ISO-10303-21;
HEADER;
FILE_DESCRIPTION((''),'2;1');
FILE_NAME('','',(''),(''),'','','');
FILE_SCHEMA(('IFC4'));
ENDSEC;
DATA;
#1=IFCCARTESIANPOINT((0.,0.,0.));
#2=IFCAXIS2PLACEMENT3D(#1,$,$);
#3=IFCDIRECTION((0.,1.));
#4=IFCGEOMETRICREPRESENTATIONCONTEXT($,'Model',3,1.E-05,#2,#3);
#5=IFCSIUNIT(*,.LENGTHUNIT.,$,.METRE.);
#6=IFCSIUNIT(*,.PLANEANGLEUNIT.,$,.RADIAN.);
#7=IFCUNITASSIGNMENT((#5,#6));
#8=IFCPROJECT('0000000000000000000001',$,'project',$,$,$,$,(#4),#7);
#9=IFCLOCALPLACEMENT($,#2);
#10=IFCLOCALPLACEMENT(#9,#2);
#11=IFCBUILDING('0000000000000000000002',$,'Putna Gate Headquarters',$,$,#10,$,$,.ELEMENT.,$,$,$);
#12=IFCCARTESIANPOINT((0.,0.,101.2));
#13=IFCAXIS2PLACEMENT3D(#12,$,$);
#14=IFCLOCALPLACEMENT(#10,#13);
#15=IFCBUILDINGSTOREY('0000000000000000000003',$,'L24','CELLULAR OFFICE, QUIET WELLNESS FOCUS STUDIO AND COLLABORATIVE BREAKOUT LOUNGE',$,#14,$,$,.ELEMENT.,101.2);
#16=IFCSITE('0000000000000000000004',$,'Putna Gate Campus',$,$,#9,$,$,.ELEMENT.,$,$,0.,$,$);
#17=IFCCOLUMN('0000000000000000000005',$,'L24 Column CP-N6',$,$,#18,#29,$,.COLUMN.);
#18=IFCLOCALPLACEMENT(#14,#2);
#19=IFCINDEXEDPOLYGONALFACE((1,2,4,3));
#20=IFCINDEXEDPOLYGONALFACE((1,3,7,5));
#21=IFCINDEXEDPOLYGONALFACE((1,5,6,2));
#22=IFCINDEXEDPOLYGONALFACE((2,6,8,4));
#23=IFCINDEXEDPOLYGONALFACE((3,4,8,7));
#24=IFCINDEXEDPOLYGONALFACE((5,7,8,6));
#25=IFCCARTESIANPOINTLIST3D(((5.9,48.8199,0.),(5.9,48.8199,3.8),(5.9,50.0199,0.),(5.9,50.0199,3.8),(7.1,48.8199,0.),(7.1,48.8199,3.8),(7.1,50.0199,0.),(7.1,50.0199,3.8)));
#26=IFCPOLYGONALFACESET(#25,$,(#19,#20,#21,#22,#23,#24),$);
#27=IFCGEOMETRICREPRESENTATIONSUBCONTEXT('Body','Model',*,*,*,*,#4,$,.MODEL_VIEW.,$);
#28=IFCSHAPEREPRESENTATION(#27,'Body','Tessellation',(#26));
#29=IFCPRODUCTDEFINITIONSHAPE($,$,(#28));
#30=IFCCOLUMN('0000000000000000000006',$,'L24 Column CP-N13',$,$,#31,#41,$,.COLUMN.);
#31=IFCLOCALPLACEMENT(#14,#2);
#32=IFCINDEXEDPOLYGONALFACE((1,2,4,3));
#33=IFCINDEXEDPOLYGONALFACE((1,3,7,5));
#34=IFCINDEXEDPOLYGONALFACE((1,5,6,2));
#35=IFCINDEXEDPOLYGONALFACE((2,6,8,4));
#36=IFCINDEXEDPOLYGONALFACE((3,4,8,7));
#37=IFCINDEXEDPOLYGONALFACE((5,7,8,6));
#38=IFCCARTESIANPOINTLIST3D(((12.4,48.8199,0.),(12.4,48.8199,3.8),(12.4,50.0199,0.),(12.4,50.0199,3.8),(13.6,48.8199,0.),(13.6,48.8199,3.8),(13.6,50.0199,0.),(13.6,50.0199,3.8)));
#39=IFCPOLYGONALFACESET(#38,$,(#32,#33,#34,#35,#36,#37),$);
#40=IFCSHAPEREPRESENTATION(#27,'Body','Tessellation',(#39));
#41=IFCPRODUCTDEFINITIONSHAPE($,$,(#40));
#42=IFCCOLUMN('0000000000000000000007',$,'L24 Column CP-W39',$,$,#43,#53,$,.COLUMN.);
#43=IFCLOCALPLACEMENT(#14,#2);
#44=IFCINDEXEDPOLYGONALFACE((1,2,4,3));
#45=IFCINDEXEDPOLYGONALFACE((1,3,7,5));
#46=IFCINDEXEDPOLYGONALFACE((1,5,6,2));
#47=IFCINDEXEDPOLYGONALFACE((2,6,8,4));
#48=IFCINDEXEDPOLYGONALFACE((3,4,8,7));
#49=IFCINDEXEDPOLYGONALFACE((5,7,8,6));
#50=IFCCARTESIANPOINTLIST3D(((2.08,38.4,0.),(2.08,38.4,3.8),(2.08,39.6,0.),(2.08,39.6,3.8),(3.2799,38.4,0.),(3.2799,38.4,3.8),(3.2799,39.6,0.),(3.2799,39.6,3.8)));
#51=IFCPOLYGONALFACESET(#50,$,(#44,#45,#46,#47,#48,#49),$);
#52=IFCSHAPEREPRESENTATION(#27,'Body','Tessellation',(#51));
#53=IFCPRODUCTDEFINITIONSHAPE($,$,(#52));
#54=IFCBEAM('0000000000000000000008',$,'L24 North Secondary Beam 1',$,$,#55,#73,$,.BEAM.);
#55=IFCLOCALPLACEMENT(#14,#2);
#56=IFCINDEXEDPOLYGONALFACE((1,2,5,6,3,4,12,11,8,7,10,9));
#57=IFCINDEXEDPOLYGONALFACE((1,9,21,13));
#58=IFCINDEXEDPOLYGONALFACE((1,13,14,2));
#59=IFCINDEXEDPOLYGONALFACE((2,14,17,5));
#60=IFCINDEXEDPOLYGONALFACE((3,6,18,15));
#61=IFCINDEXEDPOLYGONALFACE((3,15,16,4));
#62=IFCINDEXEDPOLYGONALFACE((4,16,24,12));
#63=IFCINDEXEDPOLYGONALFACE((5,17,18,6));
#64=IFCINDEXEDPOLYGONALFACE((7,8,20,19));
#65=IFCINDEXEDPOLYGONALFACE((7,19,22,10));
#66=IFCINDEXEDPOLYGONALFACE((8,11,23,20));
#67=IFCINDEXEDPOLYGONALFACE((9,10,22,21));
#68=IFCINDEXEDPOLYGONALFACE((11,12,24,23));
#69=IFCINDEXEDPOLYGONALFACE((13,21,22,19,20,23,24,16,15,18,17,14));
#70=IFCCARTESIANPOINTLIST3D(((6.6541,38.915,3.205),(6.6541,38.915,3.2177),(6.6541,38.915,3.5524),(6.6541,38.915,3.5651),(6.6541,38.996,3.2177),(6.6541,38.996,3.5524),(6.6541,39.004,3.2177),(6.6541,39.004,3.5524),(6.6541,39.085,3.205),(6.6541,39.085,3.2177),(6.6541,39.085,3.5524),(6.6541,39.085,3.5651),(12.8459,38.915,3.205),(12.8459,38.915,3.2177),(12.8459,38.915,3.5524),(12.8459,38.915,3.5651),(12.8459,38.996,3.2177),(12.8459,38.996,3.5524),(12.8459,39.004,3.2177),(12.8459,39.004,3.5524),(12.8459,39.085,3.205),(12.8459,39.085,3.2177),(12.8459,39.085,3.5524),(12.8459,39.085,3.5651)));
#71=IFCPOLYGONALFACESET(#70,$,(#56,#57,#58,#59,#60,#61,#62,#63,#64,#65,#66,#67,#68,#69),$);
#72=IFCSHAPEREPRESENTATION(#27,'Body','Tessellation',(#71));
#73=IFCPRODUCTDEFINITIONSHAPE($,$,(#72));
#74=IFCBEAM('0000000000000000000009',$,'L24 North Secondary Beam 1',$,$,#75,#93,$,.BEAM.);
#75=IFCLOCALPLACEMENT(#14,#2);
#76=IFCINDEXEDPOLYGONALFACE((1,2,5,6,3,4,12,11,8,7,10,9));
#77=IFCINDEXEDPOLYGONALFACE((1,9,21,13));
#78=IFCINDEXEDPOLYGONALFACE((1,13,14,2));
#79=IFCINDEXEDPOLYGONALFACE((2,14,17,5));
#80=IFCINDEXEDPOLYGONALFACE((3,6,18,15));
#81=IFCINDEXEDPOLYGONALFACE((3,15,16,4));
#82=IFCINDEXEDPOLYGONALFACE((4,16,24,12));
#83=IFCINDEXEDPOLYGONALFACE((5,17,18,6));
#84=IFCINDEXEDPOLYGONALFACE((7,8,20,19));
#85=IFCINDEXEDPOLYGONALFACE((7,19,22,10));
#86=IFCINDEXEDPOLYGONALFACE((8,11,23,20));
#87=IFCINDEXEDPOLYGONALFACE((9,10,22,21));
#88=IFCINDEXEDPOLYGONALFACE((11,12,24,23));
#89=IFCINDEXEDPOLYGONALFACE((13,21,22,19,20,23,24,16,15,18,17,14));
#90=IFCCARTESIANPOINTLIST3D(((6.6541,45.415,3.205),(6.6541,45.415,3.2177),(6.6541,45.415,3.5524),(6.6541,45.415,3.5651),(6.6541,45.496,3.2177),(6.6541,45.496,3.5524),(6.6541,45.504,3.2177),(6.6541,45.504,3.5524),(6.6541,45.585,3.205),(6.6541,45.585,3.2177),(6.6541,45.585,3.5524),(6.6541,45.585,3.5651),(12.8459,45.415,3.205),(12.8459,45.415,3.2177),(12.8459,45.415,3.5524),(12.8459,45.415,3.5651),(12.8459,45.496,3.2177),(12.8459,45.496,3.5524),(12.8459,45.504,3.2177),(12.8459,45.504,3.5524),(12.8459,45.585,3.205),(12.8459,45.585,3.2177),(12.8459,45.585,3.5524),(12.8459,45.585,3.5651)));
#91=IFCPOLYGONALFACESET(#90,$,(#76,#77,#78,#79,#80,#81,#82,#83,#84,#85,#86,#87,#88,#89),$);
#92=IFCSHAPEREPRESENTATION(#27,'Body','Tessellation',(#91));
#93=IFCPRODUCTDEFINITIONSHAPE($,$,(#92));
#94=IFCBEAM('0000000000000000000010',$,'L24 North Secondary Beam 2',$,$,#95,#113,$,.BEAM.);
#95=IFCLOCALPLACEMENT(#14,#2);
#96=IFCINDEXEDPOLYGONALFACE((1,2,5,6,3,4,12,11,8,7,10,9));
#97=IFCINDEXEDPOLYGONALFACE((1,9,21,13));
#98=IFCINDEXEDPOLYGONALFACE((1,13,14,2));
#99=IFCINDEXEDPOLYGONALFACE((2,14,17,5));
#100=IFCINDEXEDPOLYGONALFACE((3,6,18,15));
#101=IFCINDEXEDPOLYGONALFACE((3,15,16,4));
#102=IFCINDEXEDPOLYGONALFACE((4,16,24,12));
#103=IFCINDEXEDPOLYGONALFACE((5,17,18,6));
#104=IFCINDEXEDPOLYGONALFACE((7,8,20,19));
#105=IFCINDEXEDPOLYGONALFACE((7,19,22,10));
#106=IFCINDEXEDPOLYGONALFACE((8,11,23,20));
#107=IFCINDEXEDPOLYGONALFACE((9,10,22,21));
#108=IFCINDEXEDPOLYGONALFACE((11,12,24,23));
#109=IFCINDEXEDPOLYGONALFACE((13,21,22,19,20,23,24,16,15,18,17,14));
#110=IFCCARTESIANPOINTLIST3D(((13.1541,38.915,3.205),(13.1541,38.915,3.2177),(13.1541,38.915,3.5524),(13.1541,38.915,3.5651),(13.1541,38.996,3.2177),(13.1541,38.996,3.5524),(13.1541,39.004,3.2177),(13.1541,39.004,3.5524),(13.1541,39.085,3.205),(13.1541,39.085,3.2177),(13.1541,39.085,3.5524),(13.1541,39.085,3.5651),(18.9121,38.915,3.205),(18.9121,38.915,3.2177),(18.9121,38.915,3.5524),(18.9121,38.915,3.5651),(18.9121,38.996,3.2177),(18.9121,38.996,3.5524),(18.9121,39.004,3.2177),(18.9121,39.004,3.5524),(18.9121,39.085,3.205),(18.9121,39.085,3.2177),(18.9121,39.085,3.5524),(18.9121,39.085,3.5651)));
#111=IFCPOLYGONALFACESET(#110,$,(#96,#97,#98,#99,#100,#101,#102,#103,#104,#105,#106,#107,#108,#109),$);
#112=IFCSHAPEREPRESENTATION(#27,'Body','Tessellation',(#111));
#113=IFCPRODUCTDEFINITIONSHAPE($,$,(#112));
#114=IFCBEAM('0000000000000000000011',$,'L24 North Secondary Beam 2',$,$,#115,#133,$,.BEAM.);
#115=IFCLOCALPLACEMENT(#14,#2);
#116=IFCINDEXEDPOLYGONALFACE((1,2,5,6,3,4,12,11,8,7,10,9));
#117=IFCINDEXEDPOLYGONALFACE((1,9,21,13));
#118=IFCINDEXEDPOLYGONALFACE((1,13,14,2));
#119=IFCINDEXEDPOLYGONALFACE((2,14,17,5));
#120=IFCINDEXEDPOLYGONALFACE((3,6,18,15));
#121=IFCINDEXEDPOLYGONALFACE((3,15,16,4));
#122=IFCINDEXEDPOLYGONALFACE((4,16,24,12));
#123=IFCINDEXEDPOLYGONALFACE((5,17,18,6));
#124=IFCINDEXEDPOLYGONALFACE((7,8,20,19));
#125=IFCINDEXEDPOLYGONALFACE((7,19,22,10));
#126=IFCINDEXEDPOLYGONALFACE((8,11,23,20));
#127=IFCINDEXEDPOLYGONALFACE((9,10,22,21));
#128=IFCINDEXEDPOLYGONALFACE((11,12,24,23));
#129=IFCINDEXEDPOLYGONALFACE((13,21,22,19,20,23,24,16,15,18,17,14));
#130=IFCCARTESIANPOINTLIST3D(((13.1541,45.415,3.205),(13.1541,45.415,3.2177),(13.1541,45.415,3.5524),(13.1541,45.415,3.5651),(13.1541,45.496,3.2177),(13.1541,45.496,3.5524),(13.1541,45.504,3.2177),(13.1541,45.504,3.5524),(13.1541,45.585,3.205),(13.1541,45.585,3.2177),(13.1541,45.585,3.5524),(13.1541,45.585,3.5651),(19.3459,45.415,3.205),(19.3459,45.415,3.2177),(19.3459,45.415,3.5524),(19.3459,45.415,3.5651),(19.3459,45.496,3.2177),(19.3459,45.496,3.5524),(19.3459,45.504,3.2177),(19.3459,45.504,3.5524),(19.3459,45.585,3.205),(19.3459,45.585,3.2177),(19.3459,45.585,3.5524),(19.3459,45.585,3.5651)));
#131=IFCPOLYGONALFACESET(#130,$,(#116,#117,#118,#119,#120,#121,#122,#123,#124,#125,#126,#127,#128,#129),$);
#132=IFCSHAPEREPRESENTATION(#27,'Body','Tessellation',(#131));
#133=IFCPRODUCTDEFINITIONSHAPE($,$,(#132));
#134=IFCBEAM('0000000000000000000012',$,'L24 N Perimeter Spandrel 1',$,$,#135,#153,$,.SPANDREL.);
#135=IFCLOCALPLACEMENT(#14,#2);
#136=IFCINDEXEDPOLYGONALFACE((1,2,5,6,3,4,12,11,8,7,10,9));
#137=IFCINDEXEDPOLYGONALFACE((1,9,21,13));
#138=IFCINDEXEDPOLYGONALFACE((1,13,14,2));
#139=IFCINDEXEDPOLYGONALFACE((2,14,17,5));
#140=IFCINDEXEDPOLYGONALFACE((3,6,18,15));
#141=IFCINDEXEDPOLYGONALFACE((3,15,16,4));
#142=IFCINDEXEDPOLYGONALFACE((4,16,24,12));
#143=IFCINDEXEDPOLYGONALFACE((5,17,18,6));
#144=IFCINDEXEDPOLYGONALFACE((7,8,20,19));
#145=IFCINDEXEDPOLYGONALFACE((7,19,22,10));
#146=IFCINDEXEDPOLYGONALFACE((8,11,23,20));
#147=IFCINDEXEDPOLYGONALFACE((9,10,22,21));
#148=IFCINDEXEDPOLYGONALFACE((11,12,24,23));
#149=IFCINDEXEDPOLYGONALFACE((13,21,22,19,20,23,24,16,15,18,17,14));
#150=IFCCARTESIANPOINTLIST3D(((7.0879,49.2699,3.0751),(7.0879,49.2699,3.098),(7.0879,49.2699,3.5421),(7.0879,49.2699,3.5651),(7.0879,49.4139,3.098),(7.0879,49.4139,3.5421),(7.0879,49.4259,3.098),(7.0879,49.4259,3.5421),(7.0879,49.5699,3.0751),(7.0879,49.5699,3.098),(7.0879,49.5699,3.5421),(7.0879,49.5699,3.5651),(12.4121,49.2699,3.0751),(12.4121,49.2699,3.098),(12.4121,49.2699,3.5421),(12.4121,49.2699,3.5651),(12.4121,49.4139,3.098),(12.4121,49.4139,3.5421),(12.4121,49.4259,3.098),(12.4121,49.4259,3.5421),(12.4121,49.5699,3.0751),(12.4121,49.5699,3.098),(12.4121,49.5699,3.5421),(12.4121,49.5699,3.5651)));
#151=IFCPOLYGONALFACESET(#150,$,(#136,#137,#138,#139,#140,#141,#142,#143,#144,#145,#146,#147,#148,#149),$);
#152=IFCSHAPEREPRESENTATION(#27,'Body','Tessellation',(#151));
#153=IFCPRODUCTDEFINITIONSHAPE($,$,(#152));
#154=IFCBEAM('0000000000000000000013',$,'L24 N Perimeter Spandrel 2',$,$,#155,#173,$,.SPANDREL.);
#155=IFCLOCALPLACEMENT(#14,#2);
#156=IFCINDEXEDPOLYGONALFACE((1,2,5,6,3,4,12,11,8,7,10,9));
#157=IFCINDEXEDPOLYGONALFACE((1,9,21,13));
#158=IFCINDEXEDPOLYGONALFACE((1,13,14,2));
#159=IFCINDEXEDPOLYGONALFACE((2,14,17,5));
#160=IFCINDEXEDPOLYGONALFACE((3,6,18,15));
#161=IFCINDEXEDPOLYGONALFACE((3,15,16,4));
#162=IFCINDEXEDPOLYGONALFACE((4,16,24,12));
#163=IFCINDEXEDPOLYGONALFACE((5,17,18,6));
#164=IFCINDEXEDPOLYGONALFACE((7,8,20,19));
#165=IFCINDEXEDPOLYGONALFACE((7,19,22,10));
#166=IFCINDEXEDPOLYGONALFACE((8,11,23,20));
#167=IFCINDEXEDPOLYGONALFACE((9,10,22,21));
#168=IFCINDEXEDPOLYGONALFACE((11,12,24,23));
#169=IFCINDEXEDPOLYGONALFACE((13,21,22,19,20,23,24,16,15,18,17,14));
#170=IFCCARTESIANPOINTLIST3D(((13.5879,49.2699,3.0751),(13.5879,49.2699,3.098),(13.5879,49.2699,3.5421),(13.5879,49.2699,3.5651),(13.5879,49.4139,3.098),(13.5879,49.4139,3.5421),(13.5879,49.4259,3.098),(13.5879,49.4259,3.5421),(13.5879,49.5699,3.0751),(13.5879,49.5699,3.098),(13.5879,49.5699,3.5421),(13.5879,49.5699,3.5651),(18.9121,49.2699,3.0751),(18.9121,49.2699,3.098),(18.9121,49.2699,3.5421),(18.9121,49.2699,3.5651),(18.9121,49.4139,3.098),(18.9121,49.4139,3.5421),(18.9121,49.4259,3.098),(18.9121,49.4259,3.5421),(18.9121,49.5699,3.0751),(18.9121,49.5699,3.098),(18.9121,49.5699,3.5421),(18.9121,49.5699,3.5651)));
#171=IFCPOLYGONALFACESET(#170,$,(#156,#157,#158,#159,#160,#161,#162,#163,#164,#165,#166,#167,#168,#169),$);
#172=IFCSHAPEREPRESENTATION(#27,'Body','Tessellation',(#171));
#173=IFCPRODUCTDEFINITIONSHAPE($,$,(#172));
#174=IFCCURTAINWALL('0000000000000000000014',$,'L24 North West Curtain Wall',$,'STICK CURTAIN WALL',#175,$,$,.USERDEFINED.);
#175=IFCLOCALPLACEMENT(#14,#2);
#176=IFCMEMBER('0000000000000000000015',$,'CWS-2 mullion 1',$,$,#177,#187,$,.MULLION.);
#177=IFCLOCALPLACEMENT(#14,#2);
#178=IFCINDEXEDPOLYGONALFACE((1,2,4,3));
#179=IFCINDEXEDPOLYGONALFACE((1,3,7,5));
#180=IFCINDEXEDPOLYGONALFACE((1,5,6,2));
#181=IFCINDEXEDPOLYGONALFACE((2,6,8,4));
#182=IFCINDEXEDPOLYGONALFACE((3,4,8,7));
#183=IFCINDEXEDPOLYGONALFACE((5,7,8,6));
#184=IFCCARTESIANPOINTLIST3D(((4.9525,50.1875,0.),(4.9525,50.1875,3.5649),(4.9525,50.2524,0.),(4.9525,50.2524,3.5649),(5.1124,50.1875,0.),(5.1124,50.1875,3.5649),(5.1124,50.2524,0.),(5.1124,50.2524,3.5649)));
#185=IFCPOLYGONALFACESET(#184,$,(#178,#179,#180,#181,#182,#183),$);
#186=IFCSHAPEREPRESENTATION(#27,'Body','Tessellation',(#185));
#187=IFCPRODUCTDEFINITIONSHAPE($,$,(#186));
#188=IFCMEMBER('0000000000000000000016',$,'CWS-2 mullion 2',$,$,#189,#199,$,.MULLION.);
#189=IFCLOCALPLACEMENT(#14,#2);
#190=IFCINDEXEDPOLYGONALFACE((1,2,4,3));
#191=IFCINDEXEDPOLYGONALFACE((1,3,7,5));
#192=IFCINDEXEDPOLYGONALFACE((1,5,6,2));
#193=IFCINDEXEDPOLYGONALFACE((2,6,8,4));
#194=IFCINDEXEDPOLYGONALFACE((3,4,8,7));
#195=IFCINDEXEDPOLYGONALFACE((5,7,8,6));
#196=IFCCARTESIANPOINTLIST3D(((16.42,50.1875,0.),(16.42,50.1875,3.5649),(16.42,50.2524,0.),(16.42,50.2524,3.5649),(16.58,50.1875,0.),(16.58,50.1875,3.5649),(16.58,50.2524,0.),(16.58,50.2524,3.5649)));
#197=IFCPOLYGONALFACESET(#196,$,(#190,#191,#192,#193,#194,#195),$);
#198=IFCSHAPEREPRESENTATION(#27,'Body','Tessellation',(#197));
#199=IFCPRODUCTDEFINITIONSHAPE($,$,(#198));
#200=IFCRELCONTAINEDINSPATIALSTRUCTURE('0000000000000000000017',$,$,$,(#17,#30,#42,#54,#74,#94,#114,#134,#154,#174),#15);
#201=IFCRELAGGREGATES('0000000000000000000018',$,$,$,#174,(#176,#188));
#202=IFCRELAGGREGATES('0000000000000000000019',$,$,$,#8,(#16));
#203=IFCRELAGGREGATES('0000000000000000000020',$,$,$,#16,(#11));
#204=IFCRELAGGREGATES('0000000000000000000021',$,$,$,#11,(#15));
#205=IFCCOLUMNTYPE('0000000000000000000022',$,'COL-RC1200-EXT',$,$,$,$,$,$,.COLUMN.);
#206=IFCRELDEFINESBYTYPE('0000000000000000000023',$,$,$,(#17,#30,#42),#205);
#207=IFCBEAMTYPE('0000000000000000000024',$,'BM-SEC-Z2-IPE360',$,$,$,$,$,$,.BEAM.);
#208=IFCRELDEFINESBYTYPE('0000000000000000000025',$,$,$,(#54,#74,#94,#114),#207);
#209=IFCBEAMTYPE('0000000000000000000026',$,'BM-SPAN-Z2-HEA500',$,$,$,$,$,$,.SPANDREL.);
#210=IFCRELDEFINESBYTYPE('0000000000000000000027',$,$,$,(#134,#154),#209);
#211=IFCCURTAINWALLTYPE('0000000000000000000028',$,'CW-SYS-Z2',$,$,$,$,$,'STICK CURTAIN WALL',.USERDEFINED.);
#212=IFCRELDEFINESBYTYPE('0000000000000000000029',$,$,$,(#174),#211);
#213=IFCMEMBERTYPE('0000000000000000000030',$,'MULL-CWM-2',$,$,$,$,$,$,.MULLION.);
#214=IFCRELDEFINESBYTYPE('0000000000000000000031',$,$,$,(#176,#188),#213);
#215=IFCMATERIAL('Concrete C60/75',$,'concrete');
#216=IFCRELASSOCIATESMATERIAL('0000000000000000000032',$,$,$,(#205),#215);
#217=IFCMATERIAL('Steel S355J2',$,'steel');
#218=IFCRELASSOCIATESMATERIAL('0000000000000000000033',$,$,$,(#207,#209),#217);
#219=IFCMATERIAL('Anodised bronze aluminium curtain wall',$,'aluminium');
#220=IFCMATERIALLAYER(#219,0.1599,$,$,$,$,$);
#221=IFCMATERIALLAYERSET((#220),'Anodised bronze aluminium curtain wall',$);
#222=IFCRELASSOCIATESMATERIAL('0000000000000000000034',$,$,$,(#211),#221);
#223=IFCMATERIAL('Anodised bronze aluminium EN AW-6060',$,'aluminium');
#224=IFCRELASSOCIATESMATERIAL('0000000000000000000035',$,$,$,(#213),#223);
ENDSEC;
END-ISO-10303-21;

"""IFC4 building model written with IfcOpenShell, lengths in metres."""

from ifc_helpers import new_model, si_unit, direction, frame, origin, origin_2d, place, context, subcontext, project, spatial, rectangle, i_section, extrude, material, layer, layer_set, material_profile, profile_set, type_object, element, aggregate, save


model = new_model("IFC4")

# Units and contexts
model_context = context("Model", 3, precision=1e-05, world=origin(), true_north=direction((0.0, 1.0)))
body_context = subcontext(model_context, "Body", "Model", "MODEL_VIEW")
ifc_project = project(units=[si_unit("LENGTHUNIT", "METRE"), si_unit("PLANEANGLEUNIT", "RADIAN")], contexts=[model_context])

# Site, building, storey
site_placement = place(None, origin())
site = spatial("IfcSite", under=ifc_project, at=site_placement, Name="Putna Gate Campus", CompositionType="ELEMENT", RefElevation=0.0)
building_placement = place(site_placement, origin())
building = spatial("IfcBuilding", under=site, at=building_placement, Name="Putna Gate Headquarters", CompositionType="ELEMENT")
storey_placement = place(building_placement, frame((0.0, 0.0, 101.2)))
storey = spatial("IfcBuildingStorey", under=building, at=storey_placement, Name="L24", Description="CELLULAR OFFICE, QUIET WELLNESS FOCUS STUDIO AND COLLABORATIVE BREAKOUT LOUNGE", CompositionType="ELEMENT", Elevation=101.2)

# Columns
ifc_material_1 = material(Name="Concrete C60/75", Category="concrete")
ifc_material_profile_1 = material_profile(ifc_material_1, rectangle(XDim=1.2, YDim=1.2, at=origin_2d()), Name="Concrete C60/75")
ifc_profile_set_1 = profile_set([ifc_material_profile_1], Name="Concrete C60/75")
column_type = type_object("IfcColumnType", Name="COL-RC1200-EXT", PredefinedType="COLUMN", material=ifc_profile_set_1)
for number, where, z_axis, x_axis, name in (
    (1, (6.5, 49.4199, 0.0), (0.0, 0.0, 1.0), (1.0, 0.0, 0.0), "L24 Column CP-N6"),
    (2, (13.0, 49.4199, 0.0), (0.0, 0.0, 1.0), (1.0, 0.0, 0.0), "L24 Column CP-N13"),
    (3, (2.6799, 39.0, 0.0), (0.0, 0.0, 1.0), (1.0, 0.0, 0.0), "L24 Column CP-W39"),
):
    element("IfcColumn", number, at=place(storey_placement, frame(where, z_axis=z_axis, x_axis=x_axis)), inside=storey, type_object=column_type, Name=name, PredefinedType="COLUMN", context=body_context, shape_type="SweptSolid", body=[
        extrude(rectangle(XDim=1.2, YDim=1.2, at=origin_2d()), origin(), (0.0, 0.0, 1.0), 3.8),
    ])

# Beams
ifc_material_2 = material(Name="Steel S355J2", Category="steel")
ifc_material_profile_2 = material_profile(ifc_material_2, i_section(OverallWidth=0.1699, OverallDepth=0.3601, WebThickness=0.0081, FlangeThickness=0.0127, at=origin_2d()), Name="Steel S355J2")
ifc_profile_set_2 = profile_set([ifc_material_profile_2], Name="Steel S355J2")
beam_type_1 = type_object("IfcBeamType", Name="BM-SEC-Z2-IPE360", PredefinedType="BEAM", material=ifc_profile_set_2)
for number, where, z_axis, x_axis, name in (
    (4, (6.6541, 39.0, 3.385), (1.0, 0.0, 0.0), (0.0, 1.0, 0.0), "L24 North Secondary Beam 1"),
    (5, (6.6541, 45.5, 3.385), (1.0, 0.0, 0.0), (0.0, 1.0, 0.0), "L24 North Secondary Beam 1"),
):
    element("IfcBeam", number, at=place(storey_placement, frame(where, z_axis=z_axis, x_axis=x_axis)), inside=storey, type_object=beam_type_1, Name=name, PredefinedType="BEAM", context=body_context, shape_type="SweptSolid", body=[
        extrude(i_section(OverallWidth=0.1699, OverallDepth=0.3601, WebThickness=0.0081, FlangeThickness=0.0127, at=origin_2d()), origin(), (0.0, 0.0, 1.0), 6.1919),
    ])
beam_1_placement = place(storey_placement, frame((13.1541, 39.0, 3.385), z_axis=(1.0, 0.0, 0.0), x_axis=(0.0, 1.0, 0.0)))
element("IfcBeam", 6, at=beam_1_placement, inside=storey, type_object=beam_type_1, Name="L24 North Secondary Beam 2", PredefinedType="BEAM", context=body_context, shape_type="SweptSolid", body=[
    extrude(i_section(OverallWidth=0.1699, OverallDepth=0.3601, WebThickness=0.0081, FlangeThickness=0.0127, at=origin_2d()), origin(), (0.0, 0.0, 1.0), 5.7581),
])
beam_2_placement = place(storey_placement, frame((13.1541, 45.5, 3.385), z_axis=(1.0, 0.0, 0.0), x_axis=(0.0, 1.0, 0.0)))
element("IfcBeam", 7, at=beam_2_placement, inside=storey, type_object=beam_type_1, Name="L24 North Secondary Beam 2", PredefinedType="BEAM", context=body_context, shape_type="SweptSolid", body=[
    extrude(i_section(OverallWidth=0.1699, OverallDepth=0.3601, WebThickness=0.0081, FlangeThickness=0.0127, at=origin_2d()), origin(), (0.0, 0.0, 1.0), 6.1919),
])
ifc_material_profile_3 = material_profile(ifc_material_2, i_section(OverallWidth=0.3, OverallDepth=0.49, WebThickness=0.012, FlangeThickness=0.0229, at=origin_2d()), Name="Steel S355J2")
ifc_profile_set_3 = profile_set([ifc_material_profile_3], Name="Steel S355J2")
beam_type_2 = type_object("IfcBeamType", Name="BM-SPAN-Z2-HEA500", PredefinedType="SPANDREL", material=ifc_profile_set_3)
for number, where, z_axis, x_axis, name in (
    (8, (7.0879, 49.4199, 3.3201), (1.0, 0.0, 0.0), (0.0, 1.0, 0.0), "L24 N Perimeter Spandrel 1"),
    (9, (13.5879, 49.4199, 3.3201), (1.0, 0.0, 0.0), (0.0, 1.0, 0.0), "L24 N Perimeter Spandrel 2"),
):
    element("IfcBeam", number, at=place(storey_placement, frame(where, z_axis=z_axis, x_axis=x_axis)), inside=storey, type_object=beam_type_2, Name=name, PredefinedType="SPANDREL", context=body_context, shape_type="SweptSolid", body=[
        extrude(i_section(OverallWidth=0.3, OverallDepth=0.49, WebThickness=0.012, FlangeThickness=0.0229, at=origin_2d()), origin(), (0.0, 0.0, 1.0), 5.3242),
    ])

# Curtain wall, members
ifc_material_3 = material(Name="Anodised bronze aluminium curtain wall", Category="aluminium")
ifc_layer_1 = layer(ifc_material_3, 0.1599)
ifc_layer_set_1 = layer_set([ifc_layer_1], Name="Anodised bronze aluminium curtain wall")
curtain_wall_type = type_object("IfcCurtainWallType", Name="CW-SYS-Z2", ElementType="STICK CURTAIN WALL", PredefinedType="USERDEFINED", material=ifc_layer_set_1)
curtain_wall_1_placement = place(storey_placement, origin())
curtain_wall_1 = element("IfcCurtainWall", 10, at=curtain_wall_1_placement, inside=storey, type_object=curtain_wall_type, Name="L24 North West Curtain Wall", ObjectType="STICK CURTAIN WALL", PredefinedType="USERDEFINED")
ifc_material_4 = material(Name="Anodised bronze aluminium EN AW-6060", Category="aluminium")
ifc_material_profile_4 = material_profile(ifc_material_4, rectangle(XDim=0.0649, YDim=0.1599, at=origin_2d()), Name="Anodised bronze aluminium EN AW-6060")
ifc_profile_set_4 = profile_set([ifc_material_profile_4], Name="Anodised bronze aluminium EN AW-6060")
member_type_1 = type_object("IfcMemberType", Name="MULL-CWM-2", PredefinedType="MULLION", material=ifc_profile_set_4)
member_1_placement = place(storey_placement, frame((5.0325, 50.22, 0.0), z_axis=(0.0, 0.0, 1.0), x_axis=(0.0, 1.0, 0.0)))
member_1 = element("IfcMember", 11, at=member_1_placement, type_object=member_type_1, Name="CWS-2 mullion 1", PredefinedType="MULLION", context=body_context, shape_type="SweptSolid", body=[
    extrude(rectangle(XDim=0.0649, YDim=0.1599, at=origin_2d()), origin(), (0.0, 0.0, 1.0), 3.5649),
])
member_2_placement = place(storey_placement, frame((16.5, 50.22, 0.0), z_axis=(0.0, 0.0, 1.0), x_axis=(0.0, 1.0, 0.0)))
member_2 = element("IfcMember", 12, at=member_2_placement, type_object=member_type_1, Name="CWS-2 mullion 2", PredefinedType="MULLION", context=body_context, shape_type="SweptSolid", body=[
    extrude(rectangle(XDim=0.0649, YDim=0.1599, at=origin_2d()), origin(), (0.0, 0.0, 1.0), 3.5649),
])

aggregate(curtain_wall_1, [member_1, member_2])

save(model, "model.ifc")
